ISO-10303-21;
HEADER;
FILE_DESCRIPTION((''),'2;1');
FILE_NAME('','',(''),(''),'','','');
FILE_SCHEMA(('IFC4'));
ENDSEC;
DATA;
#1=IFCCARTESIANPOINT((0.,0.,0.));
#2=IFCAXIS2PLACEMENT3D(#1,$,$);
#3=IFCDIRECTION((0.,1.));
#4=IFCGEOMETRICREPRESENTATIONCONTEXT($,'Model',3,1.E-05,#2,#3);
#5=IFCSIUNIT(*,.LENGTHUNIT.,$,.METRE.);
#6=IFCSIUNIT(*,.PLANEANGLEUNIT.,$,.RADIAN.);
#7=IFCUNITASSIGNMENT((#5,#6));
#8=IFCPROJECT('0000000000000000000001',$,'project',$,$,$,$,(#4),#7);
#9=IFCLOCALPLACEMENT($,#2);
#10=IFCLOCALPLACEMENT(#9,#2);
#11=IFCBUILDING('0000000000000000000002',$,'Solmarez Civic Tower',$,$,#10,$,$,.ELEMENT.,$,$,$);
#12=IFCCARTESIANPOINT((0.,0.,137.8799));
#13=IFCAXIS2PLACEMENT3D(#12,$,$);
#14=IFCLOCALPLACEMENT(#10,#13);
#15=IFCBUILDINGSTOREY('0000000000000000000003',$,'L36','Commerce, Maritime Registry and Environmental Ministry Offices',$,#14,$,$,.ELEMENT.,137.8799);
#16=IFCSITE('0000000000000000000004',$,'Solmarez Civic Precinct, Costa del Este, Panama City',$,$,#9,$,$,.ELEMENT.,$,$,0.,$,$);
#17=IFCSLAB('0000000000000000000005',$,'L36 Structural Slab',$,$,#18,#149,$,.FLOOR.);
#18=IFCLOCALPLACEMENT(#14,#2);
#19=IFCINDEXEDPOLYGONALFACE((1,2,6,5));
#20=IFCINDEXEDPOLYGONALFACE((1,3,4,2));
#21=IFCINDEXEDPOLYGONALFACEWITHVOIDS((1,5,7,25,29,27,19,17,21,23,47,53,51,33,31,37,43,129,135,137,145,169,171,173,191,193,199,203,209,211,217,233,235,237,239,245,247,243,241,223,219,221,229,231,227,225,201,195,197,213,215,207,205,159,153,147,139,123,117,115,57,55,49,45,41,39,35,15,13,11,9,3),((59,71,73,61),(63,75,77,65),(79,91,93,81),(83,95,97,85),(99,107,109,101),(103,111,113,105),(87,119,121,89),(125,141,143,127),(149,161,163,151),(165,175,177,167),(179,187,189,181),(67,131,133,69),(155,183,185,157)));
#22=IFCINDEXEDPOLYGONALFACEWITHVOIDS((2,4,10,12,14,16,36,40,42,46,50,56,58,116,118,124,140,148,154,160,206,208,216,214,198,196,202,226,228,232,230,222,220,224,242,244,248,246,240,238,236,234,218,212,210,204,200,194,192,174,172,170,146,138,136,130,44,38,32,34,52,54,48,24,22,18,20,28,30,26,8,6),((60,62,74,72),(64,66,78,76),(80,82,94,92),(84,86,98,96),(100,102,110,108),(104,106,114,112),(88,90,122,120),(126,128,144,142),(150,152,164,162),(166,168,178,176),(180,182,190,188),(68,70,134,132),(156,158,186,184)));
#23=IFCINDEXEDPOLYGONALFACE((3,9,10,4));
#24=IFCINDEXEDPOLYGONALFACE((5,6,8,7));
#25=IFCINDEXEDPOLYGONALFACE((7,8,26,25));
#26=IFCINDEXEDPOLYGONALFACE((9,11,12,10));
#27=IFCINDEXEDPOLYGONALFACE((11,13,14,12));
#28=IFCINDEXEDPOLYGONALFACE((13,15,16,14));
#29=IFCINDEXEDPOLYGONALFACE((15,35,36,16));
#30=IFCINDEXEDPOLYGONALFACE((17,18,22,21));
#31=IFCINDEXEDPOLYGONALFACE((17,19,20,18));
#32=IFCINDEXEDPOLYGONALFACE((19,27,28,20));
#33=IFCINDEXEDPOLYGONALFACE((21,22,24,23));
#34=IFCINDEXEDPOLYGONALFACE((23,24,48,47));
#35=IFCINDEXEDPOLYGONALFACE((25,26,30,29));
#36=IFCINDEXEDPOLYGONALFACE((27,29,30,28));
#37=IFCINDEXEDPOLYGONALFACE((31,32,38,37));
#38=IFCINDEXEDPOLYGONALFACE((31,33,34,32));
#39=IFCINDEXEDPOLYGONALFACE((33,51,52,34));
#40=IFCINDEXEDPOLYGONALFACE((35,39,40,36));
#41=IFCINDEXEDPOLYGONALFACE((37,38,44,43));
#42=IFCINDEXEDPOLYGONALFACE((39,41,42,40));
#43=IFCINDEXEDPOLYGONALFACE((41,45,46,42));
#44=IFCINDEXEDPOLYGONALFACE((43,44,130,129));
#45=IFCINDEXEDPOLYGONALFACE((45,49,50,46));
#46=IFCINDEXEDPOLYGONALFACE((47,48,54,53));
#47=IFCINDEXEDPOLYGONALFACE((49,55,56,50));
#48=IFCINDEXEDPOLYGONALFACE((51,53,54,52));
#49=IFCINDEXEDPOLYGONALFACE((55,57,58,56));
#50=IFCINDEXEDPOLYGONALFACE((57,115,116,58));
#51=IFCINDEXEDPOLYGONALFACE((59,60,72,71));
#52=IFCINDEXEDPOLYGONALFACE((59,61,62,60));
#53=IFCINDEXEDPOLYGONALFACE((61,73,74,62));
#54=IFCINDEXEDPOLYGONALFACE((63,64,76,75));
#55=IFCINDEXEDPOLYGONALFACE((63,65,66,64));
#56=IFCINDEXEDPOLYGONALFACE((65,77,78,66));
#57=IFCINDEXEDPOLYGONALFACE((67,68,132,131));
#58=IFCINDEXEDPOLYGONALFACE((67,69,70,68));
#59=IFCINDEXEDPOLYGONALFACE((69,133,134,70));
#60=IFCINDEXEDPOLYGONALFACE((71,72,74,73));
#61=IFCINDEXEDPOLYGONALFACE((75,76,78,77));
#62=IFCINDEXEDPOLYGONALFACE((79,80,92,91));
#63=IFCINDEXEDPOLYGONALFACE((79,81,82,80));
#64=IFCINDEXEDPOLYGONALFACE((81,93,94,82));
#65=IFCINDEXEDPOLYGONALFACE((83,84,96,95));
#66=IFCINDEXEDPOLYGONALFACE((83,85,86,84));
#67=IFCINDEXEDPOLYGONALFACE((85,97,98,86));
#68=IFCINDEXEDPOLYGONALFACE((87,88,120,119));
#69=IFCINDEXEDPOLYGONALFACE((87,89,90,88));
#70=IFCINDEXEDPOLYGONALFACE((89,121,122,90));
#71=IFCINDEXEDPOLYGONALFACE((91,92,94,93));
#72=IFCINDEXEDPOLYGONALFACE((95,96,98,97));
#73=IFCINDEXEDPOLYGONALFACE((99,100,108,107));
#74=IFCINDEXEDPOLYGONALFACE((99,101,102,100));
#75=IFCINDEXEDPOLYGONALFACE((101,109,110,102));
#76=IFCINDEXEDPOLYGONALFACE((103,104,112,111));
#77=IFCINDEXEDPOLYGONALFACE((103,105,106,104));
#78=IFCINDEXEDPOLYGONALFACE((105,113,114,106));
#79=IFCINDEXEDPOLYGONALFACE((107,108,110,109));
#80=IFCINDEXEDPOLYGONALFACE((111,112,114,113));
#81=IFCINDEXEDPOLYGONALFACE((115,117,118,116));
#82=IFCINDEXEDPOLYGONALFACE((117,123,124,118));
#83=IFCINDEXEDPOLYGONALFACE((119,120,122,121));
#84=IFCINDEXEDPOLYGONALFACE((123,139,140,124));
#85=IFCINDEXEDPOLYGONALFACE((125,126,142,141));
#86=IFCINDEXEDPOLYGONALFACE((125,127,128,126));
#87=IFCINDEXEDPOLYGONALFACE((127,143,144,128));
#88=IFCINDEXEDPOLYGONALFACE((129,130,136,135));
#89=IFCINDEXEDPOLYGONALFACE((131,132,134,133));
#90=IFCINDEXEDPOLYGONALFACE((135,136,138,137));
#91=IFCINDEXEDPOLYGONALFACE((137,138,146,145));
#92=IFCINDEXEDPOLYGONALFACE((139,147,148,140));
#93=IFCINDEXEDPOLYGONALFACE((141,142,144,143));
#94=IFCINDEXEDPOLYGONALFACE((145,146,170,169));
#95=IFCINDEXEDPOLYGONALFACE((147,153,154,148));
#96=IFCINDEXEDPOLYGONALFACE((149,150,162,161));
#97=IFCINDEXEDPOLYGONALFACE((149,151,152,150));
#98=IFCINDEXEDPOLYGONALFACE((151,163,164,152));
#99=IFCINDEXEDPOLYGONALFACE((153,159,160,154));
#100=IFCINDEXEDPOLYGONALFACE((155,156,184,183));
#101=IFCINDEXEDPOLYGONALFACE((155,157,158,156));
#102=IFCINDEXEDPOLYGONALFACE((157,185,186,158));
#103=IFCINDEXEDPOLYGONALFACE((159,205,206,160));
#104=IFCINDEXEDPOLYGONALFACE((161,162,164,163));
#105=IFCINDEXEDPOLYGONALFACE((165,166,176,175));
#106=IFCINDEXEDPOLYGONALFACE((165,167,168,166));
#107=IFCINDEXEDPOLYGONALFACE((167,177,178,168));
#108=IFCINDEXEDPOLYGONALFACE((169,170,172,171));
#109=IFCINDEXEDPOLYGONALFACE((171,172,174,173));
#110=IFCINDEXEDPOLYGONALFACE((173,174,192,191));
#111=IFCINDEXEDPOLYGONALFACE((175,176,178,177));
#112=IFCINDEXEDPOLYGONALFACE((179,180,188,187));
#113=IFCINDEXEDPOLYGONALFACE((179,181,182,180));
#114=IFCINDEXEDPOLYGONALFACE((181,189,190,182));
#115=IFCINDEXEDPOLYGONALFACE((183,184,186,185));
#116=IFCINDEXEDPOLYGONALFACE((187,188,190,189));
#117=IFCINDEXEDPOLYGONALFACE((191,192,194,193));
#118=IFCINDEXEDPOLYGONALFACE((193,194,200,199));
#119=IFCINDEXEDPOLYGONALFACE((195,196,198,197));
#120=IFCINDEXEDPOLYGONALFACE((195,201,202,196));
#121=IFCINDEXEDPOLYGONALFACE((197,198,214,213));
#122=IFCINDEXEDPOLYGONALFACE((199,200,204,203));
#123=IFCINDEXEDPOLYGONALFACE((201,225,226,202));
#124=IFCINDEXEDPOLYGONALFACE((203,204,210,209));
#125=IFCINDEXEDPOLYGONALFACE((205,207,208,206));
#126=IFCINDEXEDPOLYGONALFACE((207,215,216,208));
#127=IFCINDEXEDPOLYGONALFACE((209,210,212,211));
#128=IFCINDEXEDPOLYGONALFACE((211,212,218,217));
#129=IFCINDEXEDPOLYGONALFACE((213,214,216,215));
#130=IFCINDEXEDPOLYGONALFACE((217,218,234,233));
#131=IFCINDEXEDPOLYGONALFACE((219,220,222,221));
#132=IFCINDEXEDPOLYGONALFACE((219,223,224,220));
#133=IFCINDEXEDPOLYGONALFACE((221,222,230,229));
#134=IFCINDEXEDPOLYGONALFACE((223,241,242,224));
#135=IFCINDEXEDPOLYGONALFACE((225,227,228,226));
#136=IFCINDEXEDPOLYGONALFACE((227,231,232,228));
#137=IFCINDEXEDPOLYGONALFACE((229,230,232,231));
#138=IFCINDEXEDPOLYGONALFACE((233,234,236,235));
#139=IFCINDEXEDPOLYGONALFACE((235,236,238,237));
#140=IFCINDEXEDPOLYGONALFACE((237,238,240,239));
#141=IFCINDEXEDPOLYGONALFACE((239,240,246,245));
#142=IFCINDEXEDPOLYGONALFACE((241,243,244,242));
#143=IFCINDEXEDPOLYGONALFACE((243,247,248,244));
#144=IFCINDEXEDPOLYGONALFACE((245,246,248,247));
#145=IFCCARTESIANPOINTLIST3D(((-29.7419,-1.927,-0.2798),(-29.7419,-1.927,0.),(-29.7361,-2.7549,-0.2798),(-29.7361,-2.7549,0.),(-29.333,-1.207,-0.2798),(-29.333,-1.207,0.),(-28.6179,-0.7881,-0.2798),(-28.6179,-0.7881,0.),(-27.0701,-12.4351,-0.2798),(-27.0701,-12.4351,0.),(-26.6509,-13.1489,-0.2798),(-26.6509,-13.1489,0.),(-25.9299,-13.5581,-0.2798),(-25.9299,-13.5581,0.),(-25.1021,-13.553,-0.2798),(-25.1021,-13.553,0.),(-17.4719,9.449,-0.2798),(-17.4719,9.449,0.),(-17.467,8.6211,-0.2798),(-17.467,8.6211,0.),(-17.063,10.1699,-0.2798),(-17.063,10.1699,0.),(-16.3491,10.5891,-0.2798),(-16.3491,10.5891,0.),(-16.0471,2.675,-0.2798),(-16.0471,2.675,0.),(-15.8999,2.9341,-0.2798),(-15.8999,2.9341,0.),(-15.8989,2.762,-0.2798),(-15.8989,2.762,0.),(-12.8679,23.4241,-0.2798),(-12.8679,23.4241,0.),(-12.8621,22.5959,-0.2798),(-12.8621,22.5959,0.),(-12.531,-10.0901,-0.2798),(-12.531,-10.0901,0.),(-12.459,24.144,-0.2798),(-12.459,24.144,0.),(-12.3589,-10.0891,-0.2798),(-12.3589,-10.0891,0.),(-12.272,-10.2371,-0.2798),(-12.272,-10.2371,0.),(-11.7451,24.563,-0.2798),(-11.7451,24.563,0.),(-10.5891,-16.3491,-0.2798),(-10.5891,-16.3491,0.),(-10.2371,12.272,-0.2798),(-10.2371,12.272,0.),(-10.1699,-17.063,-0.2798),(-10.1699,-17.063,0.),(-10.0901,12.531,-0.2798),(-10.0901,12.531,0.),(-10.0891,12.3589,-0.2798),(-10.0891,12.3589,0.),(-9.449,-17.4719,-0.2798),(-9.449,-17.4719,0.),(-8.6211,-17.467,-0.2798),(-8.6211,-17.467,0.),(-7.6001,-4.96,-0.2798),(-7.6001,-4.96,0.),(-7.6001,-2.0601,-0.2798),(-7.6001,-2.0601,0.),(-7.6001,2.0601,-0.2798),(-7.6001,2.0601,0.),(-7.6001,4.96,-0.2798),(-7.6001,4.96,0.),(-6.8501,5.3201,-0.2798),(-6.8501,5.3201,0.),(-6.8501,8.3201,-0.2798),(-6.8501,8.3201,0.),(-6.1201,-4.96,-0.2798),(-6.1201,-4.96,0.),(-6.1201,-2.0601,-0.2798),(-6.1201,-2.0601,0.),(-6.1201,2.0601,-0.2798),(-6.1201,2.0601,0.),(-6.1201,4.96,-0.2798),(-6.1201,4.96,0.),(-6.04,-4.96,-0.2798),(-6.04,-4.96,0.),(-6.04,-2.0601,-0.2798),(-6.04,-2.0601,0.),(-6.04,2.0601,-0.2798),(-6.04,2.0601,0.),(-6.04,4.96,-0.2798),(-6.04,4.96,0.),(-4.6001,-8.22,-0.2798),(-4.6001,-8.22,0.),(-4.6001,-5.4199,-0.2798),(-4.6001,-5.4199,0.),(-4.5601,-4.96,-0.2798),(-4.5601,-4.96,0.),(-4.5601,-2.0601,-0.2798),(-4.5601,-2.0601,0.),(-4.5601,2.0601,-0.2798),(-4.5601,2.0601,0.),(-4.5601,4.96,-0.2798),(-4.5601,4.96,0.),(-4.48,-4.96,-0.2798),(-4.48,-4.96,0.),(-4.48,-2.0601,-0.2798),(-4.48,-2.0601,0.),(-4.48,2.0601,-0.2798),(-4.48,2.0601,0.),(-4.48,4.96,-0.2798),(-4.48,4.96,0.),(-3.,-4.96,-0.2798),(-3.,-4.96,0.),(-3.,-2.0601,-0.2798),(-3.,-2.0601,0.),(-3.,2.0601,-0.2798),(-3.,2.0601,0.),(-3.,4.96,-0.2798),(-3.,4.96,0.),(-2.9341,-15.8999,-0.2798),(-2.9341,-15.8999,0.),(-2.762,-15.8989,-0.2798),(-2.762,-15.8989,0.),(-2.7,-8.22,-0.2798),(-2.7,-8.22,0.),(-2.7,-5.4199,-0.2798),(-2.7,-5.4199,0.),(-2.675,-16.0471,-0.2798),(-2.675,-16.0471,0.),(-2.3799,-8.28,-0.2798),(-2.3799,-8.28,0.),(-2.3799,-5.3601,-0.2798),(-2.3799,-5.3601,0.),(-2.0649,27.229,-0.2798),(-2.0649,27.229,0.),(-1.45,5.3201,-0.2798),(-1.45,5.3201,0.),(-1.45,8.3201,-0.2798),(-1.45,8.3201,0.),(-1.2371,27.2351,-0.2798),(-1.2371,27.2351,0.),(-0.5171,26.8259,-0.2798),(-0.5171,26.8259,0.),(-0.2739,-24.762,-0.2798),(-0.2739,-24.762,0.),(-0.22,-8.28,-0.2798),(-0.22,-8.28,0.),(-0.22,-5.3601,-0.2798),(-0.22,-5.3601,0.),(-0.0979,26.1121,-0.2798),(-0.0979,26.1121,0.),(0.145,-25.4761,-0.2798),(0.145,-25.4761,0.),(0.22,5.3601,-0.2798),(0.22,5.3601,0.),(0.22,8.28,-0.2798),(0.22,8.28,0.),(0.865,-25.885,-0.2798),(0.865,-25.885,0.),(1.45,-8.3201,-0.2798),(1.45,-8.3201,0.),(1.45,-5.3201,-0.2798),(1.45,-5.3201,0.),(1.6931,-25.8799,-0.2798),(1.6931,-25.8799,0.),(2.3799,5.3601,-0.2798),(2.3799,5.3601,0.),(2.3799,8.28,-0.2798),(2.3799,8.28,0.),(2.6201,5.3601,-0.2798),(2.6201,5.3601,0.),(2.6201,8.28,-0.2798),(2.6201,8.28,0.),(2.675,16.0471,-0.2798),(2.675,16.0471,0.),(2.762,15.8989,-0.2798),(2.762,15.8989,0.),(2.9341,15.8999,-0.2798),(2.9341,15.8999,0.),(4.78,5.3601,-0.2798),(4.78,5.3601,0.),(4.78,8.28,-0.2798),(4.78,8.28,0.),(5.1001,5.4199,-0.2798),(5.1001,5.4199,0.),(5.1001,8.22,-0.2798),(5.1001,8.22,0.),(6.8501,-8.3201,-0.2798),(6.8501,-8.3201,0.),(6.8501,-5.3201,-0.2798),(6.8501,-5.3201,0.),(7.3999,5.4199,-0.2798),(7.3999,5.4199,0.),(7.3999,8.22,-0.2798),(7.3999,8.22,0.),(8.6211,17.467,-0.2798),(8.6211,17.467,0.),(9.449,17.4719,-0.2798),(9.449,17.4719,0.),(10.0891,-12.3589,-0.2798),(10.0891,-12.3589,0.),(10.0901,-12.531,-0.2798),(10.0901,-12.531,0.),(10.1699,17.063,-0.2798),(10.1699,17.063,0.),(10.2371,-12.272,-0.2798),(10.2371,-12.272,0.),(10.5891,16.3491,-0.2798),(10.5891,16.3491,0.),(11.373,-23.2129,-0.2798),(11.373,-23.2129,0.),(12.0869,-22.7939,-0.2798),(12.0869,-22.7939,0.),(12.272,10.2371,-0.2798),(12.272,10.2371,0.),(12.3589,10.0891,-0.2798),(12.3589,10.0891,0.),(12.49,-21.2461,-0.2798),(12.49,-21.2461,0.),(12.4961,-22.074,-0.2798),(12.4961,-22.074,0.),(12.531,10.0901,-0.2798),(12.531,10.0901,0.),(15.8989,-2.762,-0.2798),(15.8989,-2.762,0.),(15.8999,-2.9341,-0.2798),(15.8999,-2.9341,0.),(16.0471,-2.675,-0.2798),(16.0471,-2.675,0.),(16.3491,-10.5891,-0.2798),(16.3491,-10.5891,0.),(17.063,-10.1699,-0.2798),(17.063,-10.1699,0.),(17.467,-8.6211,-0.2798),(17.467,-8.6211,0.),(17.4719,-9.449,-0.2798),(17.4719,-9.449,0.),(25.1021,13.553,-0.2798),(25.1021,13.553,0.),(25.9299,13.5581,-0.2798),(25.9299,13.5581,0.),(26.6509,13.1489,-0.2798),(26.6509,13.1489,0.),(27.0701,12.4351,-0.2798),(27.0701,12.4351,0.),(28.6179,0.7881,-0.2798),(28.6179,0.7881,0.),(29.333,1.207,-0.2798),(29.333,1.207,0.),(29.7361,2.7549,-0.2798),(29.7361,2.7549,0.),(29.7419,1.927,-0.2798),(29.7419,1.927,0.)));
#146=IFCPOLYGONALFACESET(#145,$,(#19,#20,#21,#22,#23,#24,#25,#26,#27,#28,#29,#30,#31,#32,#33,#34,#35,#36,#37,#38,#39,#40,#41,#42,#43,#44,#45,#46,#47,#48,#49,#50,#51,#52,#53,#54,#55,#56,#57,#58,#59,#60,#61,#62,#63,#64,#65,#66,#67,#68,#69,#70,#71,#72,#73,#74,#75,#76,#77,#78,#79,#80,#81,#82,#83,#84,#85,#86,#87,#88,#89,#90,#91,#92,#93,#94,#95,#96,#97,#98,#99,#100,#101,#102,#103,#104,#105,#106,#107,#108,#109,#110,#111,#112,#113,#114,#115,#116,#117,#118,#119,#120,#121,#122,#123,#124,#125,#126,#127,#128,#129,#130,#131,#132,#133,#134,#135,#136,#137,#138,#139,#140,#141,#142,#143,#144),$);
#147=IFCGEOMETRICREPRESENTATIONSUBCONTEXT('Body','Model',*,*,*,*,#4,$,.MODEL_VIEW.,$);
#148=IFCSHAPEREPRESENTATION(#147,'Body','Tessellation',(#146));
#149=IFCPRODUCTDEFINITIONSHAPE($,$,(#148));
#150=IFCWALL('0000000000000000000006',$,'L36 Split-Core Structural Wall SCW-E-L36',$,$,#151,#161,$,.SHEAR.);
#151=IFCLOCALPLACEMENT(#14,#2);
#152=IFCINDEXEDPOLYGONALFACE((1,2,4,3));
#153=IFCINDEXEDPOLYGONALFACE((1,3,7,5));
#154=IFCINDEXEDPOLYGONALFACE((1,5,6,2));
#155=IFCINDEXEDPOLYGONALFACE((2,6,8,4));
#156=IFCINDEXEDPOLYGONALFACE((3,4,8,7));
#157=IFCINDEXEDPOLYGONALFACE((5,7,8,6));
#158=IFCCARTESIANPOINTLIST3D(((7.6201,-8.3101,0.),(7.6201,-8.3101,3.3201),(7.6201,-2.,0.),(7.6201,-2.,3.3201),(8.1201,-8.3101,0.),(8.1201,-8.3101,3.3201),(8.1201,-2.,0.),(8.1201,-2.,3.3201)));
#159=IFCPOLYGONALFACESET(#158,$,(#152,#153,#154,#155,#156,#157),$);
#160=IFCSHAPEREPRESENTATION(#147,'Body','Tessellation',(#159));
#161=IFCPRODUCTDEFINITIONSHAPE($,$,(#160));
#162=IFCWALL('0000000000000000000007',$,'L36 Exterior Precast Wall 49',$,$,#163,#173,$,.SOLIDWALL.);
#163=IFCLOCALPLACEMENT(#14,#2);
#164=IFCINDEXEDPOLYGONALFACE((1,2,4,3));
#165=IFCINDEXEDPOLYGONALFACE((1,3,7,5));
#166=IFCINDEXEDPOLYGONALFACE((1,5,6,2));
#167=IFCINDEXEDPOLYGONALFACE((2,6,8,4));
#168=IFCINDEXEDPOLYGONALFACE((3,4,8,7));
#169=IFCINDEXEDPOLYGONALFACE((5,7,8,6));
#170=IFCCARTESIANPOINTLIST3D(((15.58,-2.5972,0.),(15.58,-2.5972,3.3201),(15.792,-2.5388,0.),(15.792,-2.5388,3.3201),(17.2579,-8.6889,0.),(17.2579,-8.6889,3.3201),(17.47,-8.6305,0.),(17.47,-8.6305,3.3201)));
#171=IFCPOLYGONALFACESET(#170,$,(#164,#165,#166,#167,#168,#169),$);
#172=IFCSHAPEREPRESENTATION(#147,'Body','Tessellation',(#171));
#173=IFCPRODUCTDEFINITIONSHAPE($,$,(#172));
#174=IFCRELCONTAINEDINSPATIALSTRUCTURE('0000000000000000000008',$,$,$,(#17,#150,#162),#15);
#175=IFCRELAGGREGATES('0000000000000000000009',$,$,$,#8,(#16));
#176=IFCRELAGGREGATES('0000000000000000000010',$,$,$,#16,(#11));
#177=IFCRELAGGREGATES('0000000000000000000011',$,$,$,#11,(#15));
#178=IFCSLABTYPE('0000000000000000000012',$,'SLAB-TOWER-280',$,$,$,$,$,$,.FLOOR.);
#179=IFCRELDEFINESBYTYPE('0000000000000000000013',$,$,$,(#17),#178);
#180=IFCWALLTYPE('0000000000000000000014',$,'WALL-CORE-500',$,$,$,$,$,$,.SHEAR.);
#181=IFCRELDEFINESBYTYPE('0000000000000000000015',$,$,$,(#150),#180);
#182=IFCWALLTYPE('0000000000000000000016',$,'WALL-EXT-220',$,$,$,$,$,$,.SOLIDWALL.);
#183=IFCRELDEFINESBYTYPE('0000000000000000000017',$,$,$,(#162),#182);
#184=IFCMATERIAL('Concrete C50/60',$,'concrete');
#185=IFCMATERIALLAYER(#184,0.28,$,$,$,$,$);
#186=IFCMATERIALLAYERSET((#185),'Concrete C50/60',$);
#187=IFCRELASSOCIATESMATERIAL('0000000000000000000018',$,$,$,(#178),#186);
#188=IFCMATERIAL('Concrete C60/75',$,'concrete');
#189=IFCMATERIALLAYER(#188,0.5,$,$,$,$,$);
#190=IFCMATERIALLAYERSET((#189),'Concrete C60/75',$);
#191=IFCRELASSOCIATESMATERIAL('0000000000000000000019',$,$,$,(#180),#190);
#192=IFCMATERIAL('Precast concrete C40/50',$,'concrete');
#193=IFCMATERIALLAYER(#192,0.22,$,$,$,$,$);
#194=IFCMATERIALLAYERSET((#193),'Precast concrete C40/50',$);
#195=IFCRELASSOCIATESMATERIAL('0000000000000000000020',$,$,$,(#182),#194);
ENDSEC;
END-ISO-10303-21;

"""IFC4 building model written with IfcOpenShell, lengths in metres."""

from ifc_helpers import new_model, si_unit, direction, frame, frame_2d, origin, place, context, subcontext, project, spatial, polyline, rectangle, outline, extrude, material, layer, layer_set, type_object, element, save


model = new_model("IFC4")

# Units and contexts
model_context = context("Model", 3, precision=1e-05, world=origin(), true_north=direction((0.0, 1.0)))
body_context = subcontext(model_context, "Body", "Model", "MODEL_VIEW")
ifc_project = project(units=[si_unit("LENGTHUNIT", "METRE"), si_unit("PLANEANGLEUNIT", "RADIAN")], contexts=[model_context])

# Site, building, storey
site_placement = place(None, origin())
site = spatial("IfcSite", under=ifc_project, at=site_placement, Name="Solmarez Civic Precinct, Costa del Este, Panama City", CompositionType="ELEMENT", RefElevation=0.0)
building_placement = place(site_placement, origin())
building = spatial("IfcBuilding", under=site, at=building_placement, Name="Solmarez Civic Tower", CompositionType="ELEMENT")
storey_placement = place(building_placement, frame((0.0, 0.0, 137.8799)))
storey = spatial("IfcBuildingStorey", under=building, at=storey_placement, Name="L36", Description="Commerce, Maritime Registry and Environmental Ministry Offices", CompositionType="ELEMENT", Elevation=137.8799)

# Shared definitions
ifc_material_1 = material(Name="Concrete C50/60", Category="concrete")

# Slab
ifc_layer_1 = layer(ifc_material_1, 0.28)
ifc_layer_set_1 = layer_set([ifc_layer_1], Name="Concrete C50/60")
slab_type_1 = type_object("IfcSlabType", Name="SLAB-TOWER-280", PredefinedType="FLOOR", material=ifc_layer_set_1)
slab_1_placement = place(storey_placement, frame((0.0, 0.0, -0.2798)))
element("IfcSlab", 1, at=slab_1_placement, inside=storey, type_object=slab_type_1, Name="L36 Structural Slab", PredefinedType="FLOOR", context=body_context, shape_type="SweptSolid", body=[
    extrude(outline(polyline([(-12.272, -10.2371), (-10.5891, -16.3491), (-10.1699, -17.063), (-9.449, -17.4719), (-8.6211, -17.467), (-2.9341, -15.8999), (-2.762, -15.8989), (-2.675, -16.0471), (-0.2739, -24.762), (0.145, -25.4761), (0.865, -25.885), (1.6931, -25.8799), (11.373, -23.2129), (12.0869, -22.7939), (12.4961, -22.074), (12.49, -21.2461), (10.0901, -12.531), (10.0891, -12.3589), (10.2371, -12.272), (16.3491, -10.5891), (17.063, -10.1699), (17.4719, -9.449), (17.467, -8.6211), (15.8999, -2.9341), (15.8989, -2.762), (16.0471, -2.675), (28.6179, 0.7881), (29.333, 1.207), (29.7419, 1.927), (29.7361, 2.7549), (27.0701, 12.4351), (26.6509, 13.1489), (25.9299, 13.5581), (25.1021, 13.553), (12.531, 10.0901), (12.3589, 10.0891), (12.272, 10.2371), (10.5891, 16.3491), (10.1699, 17.063), (9.449, 17.4719), (8.6211, 17.467), (2.9341, 15.8999), (2.762, 15.8989), (2.675, 16.0471), (-0.0979, 26.1121), (-0.5171, 26.8259), (-1.2371, 27.2351), (-2.0649, 27.229), (-11.7451, 24.563), (-12.459, 24.144), (-12.8679, 23.4241), (-12.8621, 22.5959), (-10.0901, 12.531), (-10.0891, 12.3589), (-10.2371, 12.272), (-16.3491, 10.5891), (-17.063, 10.1699), (-17.4719, 9.449), (-17.467, 8.6211), (-15.8999, 2.9341), (-15.8989, 2.762), (-16.0471, 2.675), (-28.6179, -0.7881), (-29.333, -1.207), (-29.7419, -1.927), (-29.7361, -2.7549), (-27.0701, -12.4351), (-26.6509, -13.1489), (-25.9299, -13.5581), (-25.1021, -13.553), (-12.531, -10.0901), (-12.3589, -10.0891), (-12.272, -10.2371)]), holes=[polyline([(-1.45, 8.3201), (-6.8501, 8.3201), (-6.8501, 5.3201), (-1.45, 5.3201), (-1.45, 8.3201)]), polyline([(1.45, -8.3201), (6.8501, -8.3201), (6.8501, -5.3201), (1.45, -5.3201), (1.45, -8.3201)]), polyline([(0.22, 5.3601), (2.3799, 5.3601), (2.3799, 8.28), (0.22, 8.28), (0.22, 5.3601)]), polyline([(2.6201, 5.3601), (4.78, 5.3601), (4.78, 8.28), (2.6201, 8.28), (2.6201, 5.3601)]), polyline([(-2.3799, -8.28), (-0.22, -8.28), (-0.22, -5.3601), (-2.3799, -5.3601), (-2.3799, -8.28)]), polyline([(-7.6001, -4.96), (-6.1201, -4.96), (-6.1201, -2.0601), (-7.6001, -2.0601), (-7.6001, -4.96)]), polyline([(-6.04, -4.96), (-4.5601, -4.96), (-4.5601, -2.0601), (-6.04, -2.0601), (-6.04, -4.96)]), polyline([(-4.48, -4.96), (-3.0, -4.96), (-3.0, -2.0601), (-4.48, -2.0601), (-4.48, -4.96)]), polyline([(-7.6001, 2.0601), (-6.1201, 2.0601), (-6.1201, 4.96), (-7.6001, 4.96), (-7.6001, 2.0601)]), polyline([(-6.04, 2.0601), (-4.5601, 2.0601), (-4.5601, 4.96), (-6.04, 4.96), (-6.04, 2.0601)]), polyline([(-4.48, 2.0601), (-3.0, 2.0601), (-3.0, 4.96), (-4.48, 4.96), (-4.48, 2.0601)]), polyline([(5.1001, 5.4199), (7.3999, 5.4199), (7.3999, 8.22), (5.1001, 8.22), (5.1001, 5.4199)]), polyline([(-4.6001, -8.22), (-2.7, -8.22), (-2.7, -5.4199), (-4.6001, -5.4199), (-4.6001, -8.22)])]), origin(), (0.0, 0.0, 1.0), 0.2798),
])

# Walls
ifc_material_2 = material(Name="Concrete C60/75", Category="concrete")
ifc_layer_2 = layer(ifc_material_2, 0.5)
ifc_layer_set_2 = layer_set([ifc_layer_2], Name="Concrete C60/75")
wall_type_1 = type_object("IfcWallType", Name="WALL-CORE-500", PredefinedType="SHEAR", material=ifc_layer_set_2)
wall_1_placement = place(storey_placement, frame((7.8701, -2.0, 0.0), z_axis=(0.0, 0.0, 1.0), x_axis=(0.0, -1.0, 0.0)))
element("IfcWall", 2, at=wall_1_placement, inside=storey, type_object=wall_type_1, Name="L36 Split-Core Structural Wall SCW-E-L36", PredefinedType="SHEAR", context=body_context, shape_type="SweptSolid", body=[
    extrude(rectangle(XDim=6.3101, YDim=0.5, at=frame_2d((3.155, 0.0))), origin(), (0.0, 0.0, 1.0), 3.3201),
])
ifc_material_3 = material(Name="Precast concrete C40/50", Category="concrete")
ifc_layer_3 = layer(ifc_material_3, 0.22)
ifc_layer_set_3 = layer_set([ifc_layer_3], Name="Precast concrete C40/50")
wall_type_2 = type_object("IfcWallType", Name="WALL-EXT-220", PredefinedType="SOLIDWALL", material=ifc_layer_set_3)
wall_2_placement = place(storey_placement, frame((15.686, -2.5681, 0.0), z_axis=(0.0, 0.0, 1.0), x_axis=(0.265559, -0.964095, 0.0)))
element("IfcWall", 3, at=wall_2_placement, inside=storey, type_object=wall_type_2, Name="L36 Exterior Precast Wall 49", PredefinedType="SOLIDWALL", context=body_context, shape_type="SweptSolid", body=[
    extrude(rectangle(XDim=6.3186, YDim=0.22, at=frame_2d((3.1592, 0.0))), origin(), (0.0, 0.0, 1.0), 3.3201),
])

save(model, "model.ifc")
